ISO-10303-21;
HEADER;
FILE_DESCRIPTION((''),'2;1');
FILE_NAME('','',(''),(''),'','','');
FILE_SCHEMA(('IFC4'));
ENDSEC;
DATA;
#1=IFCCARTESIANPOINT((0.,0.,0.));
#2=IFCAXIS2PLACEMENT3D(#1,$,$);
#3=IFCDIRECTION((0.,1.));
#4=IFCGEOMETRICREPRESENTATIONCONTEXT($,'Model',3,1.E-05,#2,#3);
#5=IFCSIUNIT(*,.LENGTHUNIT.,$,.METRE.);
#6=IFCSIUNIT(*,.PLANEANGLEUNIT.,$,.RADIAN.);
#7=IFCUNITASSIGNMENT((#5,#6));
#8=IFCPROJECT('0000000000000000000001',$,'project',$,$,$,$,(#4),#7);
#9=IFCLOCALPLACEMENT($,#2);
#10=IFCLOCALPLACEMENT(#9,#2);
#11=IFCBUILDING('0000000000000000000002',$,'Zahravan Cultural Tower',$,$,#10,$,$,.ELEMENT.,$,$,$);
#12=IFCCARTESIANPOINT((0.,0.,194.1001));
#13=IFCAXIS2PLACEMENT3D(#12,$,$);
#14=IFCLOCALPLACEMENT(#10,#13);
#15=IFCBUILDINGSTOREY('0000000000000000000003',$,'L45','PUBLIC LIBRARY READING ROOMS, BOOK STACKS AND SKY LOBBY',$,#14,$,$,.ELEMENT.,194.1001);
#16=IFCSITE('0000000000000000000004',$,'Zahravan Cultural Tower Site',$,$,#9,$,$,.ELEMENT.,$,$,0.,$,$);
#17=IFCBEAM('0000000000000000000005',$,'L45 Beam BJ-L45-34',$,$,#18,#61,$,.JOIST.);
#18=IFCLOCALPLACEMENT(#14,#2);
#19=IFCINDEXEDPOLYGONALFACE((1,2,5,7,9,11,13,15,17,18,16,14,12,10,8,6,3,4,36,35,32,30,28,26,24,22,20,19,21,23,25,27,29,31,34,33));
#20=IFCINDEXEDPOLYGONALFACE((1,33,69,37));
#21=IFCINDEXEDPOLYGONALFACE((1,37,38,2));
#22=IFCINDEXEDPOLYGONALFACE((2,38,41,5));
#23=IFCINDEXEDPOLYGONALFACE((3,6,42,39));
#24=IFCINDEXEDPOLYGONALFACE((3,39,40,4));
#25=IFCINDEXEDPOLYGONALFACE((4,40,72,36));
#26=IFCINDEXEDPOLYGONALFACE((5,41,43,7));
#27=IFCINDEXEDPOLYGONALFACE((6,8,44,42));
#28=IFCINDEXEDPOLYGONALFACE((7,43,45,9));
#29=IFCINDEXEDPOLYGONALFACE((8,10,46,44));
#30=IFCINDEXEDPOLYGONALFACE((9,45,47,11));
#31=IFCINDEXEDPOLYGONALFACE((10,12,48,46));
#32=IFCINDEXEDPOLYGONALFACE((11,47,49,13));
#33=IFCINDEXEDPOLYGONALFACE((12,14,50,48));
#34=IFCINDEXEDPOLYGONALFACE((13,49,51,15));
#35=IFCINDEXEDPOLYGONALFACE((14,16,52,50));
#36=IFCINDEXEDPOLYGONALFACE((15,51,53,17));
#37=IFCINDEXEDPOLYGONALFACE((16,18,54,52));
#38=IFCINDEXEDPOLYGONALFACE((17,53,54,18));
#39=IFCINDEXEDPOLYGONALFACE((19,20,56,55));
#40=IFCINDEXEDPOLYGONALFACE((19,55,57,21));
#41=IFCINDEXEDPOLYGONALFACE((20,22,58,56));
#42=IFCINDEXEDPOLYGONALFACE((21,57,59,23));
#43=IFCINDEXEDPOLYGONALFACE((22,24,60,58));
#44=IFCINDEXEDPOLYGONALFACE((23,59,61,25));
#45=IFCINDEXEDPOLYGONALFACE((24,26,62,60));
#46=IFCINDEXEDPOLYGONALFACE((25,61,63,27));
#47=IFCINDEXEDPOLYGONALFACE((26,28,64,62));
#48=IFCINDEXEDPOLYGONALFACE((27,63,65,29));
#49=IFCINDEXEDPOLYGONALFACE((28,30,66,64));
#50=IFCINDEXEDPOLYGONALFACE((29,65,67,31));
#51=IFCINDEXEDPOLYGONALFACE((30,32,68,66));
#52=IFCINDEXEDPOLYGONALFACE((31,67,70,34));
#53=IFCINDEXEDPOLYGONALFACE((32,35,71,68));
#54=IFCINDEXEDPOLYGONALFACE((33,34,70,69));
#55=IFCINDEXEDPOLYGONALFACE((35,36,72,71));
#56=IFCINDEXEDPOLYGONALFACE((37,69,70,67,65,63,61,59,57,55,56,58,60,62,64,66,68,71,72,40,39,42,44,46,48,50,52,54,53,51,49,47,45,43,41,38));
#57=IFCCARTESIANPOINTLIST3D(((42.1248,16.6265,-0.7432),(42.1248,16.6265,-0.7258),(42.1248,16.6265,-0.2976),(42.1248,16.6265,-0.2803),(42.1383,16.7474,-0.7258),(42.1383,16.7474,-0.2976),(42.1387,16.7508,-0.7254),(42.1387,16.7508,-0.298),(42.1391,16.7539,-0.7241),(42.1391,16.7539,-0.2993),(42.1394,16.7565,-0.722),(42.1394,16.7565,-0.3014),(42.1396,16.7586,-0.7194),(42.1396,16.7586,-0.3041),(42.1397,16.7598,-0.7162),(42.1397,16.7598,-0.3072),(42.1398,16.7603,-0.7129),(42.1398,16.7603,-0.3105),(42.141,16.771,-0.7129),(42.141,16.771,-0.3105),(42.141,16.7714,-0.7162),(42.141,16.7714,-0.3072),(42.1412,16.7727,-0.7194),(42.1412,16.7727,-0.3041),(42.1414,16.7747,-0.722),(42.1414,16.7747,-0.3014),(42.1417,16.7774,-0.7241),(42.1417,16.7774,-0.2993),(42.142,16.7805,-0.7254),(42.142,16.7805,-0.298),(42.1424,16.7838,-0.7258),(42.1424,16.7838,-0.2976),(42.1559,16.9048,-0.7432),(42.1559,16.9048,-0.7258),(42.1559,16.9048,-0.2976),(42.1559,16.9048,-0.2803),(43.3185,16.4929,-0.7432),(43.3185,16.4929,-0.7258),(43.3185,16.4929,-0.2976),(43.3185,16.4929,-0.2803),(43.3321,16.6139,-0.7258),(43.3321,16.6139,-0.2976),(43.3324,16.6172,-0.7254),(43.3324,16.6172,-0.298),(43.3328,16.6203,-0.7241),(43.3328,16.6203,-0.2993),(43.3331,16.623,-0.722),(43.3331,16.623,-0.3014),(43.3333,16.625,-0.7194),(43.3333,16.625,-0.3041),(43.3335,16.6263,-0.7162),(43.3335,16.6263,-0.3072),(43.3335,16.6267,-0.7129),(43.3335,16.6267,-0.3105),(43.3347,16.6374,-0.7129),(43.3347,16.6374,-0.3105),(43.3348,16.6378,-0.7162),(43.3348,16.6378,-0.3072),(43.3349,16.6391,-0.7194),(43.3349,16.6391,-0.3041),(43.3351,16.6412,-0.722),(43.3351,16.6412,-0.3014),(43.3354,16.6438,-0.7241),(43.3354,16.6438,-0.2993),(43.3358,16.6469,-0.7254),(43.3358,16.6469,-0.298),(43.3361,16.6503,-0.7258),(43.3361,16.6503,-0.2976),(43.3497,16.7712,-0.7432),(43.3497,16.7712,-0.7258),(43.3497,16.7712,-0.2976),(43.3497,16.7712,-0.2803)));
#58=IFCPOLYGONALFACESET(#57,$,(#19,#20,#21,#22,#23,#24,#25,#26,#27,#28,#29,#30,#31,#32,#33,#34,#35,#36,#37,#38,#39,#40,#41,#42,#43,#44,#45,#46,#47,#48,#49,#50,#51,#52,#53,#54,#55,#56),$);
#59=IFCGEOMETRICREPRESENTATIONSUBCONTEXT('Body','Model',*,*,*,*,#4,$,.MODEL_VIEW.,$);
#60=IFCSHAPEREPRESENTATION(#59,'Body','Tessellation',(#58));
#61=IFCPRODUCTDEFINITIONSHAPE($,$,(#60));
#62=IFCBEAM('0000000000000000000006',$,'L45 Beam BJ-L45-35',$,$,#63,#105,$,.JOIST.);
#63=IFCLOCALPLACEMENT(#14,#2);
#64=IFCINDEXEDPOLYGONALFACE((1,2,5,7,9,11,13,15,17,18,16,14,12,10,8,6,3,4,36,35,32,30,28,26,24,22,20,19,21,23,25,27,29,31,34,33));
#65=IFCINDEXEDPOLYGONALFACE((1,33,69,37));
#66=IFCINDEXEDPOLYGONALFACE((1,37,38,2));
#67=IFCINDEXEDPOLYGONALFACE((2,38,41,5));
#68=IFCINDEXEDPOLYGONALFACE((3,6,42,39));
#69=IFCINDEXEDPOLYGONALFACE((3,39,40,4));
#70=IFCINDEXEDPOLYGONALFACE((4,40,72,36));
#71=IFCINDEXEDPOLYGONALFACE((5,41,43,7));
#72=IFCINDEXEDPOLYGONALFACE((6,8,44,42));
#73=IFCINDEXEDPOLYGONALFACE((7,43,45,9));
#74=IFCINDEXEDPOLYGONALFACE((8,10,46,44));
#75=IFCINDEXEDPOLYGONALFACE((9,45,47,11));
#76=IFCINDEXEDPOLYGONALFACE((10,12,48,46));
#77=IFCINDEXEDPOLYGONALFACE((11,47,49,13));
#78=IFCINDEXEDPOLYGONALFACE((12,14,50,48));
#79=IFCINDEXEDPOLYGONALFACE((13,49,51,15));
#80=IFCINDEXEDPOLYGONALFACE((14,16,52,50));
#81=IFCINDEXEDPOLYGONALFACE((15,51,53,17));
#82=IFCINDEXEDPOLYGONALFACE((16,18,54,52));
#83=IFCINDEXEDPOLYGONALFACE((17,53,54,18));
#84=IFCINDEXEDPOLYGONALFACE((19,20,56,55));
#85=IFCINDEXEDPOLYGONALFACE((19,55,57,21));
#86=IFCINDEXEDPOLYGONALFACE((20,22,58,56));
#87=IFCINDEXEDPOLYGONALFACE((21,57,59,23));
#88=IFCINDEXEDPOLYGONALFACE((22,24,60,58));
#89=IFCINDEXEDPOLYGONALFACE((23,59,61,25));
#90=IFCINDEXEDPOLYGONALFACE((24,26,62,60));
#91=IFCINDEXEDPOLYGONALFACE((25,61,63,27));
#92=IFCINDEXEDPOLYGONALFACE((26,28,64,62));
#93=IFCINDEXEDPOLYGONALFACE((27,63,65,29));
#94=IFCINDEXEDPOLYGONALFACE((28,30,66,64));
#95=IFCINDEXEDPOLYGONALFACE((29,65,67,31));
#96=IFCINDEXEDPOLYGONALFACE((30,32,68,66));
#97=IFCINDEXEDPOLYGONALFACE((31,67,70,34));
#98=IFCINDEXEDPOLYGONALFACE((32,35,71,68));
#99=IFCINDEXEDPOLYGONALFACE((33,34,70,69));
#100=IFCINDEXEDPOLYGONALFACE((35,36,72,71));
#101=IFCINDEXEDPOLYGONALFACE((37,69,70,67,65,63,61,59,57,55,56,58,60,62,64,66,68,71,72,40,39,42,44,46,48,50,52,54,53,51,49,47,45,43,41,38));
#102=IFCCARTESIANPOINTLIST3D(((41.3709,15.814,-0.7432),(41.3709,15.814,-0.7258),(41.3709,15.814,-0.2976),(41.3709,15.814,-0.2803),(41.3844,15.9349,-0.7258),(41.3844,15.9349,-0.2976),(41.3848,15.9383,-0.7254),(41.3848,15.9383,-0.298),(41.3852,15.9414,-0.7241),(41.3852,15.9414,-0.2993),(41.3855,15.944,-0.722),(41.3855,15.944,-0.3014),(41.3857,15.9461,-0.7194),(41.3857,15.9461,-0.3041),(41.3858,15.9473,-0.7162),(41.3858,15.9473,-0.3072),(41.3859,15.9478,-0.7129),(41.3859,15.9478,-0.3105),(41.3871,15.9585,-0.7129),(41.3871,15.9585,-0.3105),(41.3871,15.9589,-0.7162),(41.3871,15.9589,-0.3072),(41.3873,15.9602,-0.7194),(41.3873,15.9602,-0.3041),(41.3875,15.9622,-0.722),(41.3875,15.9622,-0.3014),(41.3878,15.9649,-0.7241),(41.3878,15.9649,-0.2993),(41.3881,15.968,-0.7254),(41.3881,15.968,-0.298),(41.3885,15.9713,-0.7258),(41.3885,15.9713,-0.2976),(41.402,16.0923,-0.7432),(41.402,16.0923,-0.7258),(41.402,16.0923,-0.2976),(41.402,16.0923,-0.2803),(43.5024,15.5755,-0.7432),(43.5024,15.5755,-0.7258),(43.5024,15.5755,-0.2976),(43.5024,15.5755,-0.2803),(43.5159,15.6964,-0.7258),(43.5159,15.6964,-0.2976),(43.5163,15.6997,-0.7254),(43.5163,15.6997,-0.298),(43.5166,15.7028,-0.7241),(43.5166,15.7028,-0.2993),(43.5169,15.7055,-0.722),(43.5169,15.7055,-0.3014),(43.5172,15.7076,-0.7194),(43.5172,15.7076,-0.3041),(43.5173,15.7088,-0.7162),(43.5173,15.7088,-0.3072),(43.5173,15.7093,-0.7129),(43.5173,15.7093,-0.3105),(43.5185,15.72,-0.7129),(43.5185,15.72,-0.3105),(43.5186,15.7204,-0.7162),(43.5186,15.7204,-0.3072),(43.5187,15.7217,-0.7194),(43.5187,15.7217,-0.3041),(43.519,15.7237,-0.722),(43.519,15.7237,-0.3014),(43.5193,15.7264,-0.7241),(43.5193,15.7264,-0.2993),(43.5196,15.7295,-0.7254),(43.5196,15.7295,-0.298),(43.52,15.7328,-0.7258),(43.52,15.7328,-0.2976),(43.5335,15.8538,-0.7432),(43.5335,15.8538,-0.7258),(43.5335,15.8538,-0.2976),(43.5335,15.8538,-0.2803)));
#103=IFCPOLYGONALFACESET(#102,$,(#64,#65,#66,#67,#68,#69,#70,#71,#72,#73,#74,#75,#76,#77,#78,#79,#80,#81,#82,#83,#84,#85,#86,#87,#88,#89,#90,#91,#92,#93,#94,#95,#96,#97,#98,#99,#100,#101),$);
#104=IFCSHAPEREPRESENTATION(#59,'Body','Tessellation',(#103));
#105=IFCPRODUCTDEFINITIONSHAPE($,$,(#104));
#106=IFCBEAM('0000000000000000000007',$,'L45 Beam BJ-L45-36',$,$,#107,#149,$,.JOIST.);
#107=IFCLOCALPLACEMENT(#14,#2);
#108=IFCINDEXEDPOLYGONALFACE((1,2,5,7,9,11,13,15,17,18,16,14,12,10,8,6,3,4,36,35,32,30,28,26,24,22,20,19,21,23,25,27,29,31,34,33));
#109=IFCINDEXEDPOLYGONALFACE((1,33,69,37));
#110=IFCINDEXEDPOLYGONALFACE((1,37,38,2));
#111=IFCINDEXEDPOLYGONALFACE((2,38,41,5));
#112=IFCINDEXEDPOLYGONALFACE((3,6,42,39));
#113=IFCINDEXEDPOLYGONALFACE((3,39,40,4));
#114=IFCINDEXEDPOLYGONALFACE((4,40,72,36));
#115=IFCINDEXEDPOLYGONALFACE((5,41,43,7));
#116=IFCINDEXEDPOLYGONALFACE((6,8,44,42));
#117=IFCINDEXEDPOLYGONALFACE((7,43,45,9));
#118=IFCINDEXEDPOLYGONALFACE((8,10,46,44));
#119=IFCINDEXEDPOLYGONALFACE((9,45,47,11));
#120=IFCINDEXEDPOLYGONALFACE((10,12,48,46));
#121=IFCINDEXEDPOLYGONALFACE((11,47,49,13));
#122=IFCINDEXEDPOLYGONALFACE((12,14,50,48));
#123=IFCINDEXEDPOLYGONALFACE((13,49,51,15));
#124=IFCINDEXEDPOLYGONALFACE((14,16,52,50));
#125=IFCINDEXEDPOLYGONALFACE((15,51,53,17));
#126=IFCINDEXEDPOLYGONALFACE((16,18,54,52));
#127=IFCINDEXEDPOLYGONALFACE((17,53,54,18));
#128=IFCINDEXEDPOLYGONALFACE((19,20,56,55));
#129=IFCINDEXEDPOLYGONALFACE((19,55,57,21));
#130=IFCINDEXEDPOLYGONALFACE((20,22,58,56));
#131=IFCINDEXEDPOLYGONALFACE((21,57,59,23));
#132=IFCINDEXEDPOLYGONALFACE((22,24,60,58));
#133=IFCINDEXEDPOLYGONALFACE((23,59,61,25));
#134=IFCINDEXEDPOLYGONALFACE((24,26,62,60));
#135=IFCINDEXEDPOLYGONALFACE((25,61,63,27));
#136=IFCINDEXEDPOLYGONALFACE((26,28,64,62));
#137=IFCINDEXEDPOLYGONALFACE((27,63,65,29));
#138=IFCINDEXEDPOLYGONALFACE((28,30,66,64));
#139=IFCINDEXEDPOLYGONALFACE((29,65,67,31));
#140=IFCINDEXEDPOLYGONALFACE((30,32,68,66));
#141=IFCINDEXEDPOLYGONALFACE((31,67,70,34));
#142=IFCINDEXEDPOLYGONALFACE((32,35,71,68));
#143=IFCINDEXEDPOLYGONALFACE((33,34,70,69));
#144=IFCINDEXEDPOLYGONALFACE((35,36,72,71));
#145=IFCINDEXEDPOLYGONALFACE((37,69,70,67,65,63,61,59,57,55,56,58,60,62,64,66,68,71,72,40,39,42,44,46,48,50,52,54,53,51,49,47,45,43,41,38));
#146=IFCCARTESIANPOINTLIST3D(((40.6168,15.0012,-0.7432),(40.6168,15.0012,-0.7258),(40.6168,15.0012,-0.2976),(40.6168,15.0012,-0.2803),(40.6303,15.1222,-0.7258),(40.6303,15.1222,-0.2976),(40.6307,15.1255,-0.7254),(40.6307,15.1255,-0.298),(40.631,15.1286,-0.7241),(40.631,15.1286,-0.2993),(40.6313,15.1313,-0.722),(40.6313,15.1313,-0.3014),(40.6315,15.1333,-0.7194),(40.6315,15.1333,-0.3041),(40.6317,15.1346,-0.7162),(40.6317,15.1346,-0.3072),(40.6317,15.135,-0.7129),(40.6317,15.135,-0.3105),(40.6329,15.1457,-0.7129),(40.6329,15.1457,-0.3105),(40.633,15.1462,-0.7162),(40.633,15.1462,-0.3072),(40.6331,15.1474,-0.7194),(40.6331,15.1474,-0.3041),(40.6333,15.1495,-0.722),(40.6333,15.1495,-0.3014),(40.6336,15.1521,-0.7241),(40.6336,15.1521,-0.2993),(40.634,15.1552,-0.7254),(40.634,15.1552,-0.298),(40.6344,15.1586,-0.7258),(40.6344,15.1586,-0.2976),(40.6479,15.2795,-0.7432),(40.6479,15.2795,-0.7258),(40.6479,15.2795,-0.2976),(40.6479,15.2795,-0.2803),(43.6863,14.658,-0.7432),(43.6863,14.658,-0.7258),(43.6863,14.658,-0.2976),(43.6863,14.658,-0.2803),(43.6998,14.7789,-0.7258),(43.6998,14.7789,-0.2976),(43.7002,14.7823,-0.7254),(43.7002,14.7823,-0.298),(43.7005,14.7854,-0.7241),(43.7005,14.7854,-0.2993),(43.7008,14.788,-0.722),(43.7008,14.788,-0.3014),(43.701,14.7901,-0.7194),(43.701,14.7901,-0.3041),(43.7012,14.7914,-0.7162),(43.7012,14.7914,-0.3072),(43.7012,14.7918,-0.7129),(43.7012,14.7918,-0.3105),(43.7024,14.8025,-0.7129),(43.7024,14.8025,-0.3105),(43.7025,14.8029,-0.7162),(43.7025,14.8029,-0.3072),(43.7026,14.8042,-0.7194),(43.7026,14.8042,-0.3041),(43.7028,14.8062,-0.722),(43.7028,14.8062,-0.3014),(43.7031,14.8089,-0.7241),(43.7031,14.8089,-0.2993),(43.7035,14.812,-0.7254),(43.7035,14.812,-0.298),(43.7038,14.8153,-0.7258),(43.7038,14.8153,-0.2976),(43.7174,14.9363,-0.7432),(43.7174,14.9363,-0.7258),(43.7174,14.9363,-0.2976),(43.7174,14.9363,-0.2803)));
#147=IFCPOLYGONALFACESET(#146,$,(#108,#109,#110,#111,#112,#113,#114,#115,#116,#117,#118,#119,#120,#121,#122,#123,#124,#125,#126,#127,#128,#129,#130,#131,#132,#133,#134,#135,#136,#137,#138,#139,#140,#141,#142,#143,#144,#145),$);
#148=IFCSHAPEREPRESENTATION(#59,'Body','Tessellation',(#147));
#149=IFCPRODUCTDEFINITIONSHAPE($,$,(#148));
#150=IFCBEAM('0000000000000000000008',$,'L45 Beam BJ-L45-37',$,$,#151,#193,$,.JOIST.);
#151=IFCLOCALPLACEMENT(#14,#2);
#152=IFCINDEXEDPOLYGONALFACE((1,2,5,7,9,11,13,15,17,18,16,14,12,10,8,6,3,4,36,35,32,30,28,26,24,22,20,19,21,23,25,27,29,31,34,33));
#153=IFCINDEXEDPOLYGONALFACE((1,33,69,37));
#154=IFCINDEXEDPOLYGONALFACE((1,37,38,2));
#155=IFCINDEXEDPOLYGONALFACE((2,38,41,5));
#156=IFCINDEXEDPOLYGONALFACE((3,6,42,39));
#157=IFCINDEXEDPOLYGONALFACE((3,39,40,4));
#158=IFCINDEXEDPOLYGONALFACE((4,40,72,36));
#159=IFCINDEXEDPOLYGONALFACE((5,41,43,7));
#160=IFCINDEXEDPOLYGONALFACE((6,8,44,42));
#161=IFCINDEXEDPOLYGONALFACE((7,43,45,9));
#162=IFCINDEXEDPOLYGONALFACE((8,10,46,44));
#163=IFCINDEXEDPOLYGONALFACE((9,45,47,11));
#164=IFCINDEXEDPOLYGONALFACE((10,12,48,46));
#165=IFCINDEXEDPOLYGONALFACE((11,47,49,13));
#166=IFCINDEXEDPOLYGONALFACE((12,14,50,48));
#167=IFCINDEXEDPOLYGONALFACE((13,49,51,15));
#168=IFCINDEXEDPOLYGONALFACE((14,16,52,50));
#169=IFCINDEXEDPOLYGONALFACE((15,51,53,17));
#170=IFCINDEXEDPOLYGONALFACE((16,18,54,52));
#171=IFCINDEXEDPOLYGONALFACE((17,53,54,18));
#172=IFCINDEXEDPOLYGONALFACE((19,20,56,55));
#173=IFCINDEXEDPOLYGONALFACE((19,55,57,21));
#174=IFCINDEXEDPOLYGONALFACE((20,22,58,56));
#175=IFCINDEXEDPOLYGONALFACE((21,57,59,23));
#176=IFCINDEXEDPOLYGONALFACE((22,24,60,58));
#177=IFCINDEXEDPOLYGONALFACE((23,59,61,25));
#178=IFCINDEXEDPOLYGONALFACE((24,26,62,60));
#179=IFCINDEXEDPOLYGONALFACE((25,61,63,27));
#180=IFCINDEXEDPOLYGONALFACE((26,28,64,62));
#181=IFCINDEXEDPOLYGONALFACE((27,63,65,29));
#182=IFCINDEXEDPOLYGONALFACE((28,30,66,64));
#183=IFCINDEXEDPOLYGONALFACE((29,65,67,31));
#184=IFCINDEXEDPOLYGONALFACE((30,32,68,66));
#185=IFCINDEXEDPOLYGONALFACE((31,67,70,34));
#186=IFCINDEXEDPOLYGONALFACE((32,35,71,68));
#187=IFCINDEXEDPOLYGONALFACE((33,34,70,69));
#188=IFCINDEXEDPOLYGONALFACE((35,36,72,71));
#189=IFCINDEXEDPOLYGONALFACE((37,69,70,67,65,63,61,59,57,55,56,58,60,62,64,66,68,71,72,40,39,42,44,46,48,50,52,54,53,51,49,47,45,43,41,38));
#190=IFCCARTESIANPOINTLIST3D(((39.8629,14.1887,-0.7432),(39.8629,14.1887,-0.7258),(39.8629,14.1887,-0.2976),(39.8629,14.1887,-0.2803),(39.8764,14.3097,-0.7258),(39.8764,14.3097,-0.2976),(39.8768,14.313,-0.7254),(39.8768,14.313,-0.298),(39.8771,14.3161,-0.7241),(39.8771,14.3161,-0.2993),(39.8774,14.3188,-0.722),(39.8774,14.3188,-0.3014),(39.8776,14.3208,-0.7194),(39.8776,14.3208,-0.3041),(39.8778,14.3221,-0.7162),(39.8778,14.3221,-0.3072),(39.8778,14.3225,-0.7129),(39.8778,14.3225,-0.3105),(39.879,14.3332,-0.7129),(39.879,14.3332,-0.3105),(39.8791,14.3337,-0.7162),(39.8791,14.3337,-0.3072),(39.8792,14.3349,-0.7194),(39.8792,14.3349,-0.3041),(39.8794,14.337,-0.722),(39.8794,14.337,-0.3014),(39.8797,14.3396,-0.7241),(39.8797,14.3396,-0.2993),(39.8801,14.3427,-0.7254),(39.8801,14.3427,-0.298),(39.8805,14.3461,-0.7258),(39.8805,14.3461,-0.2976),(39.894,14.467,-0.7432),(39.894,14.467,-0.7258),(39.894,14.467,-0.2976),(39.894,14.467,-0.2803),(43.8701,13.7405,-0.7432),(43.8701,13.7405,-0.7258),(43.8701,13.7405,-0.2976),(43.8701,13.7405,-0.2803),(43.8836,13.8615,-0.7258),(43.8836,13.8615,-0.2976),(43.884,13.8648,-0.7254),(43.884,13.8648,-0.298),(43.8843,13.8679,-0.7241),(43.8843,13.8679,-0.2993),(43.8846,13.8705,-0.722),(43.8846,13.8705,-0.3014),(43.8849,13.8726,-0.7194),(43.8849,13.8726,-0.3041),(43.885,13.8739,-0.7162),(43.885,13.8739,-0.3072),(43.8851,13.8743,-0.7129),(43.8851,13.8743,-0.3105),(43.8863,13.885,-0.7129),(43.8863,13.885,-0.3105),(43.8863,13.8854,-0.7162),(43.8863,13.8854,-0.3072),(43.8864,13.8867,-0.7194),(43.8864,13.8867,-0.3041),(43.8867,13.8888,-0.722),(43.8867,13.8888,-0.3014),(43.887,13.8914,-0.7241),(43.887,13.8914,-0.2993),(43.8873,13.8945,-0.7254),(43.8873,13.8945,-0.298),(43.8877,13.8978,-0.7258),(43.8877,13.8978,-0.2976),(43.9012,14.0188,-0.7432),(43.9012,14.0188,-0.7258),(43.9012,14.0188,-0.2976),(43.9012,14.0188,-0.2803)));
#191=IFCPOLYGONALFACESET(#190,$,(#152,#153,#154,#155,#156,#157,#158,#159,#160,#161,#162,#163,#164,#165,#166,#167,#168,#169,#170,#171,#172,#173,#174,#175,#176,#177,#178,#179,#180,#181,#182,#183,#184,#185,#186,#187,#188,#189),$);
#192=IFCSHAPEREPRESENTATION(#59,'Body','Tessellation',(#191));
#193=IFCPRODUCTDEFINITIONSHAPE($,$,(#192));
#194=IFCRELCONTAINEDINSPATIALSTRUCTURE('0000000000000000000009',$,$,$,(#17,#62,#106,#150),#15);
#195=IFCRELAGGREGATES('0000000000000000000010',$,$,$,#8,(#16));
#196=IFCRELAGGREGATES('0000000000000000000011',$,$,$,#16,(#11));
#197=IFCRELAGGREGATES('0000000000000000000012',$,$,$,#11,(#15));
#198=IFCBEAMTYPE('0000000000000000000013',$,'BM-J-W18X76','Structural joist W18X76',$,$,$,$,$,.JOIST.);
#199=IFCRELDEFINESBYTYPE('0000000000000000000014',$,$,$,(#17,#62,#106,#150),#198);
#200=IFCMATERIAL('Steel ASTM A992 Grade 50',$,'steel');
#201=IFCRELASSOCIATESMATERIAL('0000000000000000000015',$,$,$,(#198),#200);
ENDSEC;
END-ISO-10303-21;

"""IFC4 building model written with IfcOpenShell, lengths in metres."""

from ifc_helpers import new_model, si_unit, direction, frame, origin, origin_2d, place, context, subcontext, project, spatial, i_section, extrude, source, transform, mapped, material, material_profile, profile_set, type_object, element, save


model = new_model("IFC4")

# Units and contexts
model_context = context("Model", 3, precision=1e-05, world=origin(), true_north=direction((0.0, 1.0)))
body_context = subcontext(model_context, "Body", "Model", "MODEL_VIEW")
ifc_project = project(units=[si_unit("LENGTHUNIT", "METRE"), si_unit("PLANEANGLEUNIT", "RADIAN")], contexts=[model_context])

# Site, building, storey
site_placement = place(None, origin())
site = spatial("IfcSite", under=ifc_project, at=site_placement, Name="Zahravan Cultural Tower Site", CompositionType="ELEMENT", RefElevation=0.0)
building_placement = place(site_placement, origin())
building = spatial("IfcBuilding", under=site, at=building_placement, Name="Zahravan Cultural Tower", CompositionType="ELEMENT")
storey_placement = place(building_placement, frame((0.0, 0.0, 194.1001)))
storey = spatial("IfcBuildingStorey", under=building, at=storey_placement, Name="L45", Description="PUBLIC LIBRARY READING ROOMS, BOOK STACKS AND SKY LOBBY", CompositionType="ELEMENT", Elevation=194.1001)

# Beams
ifc_material_1 = material(Name="Steel ASTM A992 Grade 50", Category="steel")
ifc_material_profile_1 = material_profile(ifc_material_1, i_section(OverallWidth=0.28, OverallDepth=0.4629, WebThickness=0.0107, FlangeThickness=0.0173, FilletRadius=0.0129, at=origin_2d()), Name="W18X76")
ifc_profile_set_1 = profile_set([ifc_material_profile_1], Name="Steel ASTM A992 Grade 50")
beam_type_1 = type_object("IfcBeamType", Name="BM-J-W18X76", Description="Structural joist W18X76", PredefinedType="JOIST", material=ifc_profile_set_1)
shared_shape_1 = source(origin(), body_context, "Body", "SweptSolid", [
    extrude(i_section(OverallWidth=0.28, OverallDepth=0.4629, WebThickness=0.0107, FlangeThickness=0.0173, FilletRadius=0.0129, at=origin_2d()), origin(), (0.0, 0.0, 1.0), 1.2012),
])
beam_1_placement = place(storey_placement, frame((42.1404, 16.7656, -0.5117), z_axis=(0.993799, -0.11119, 0.0), x_axis=(0.11119, 0.993799, 0.0)))
element("IfcBeam", 1, at=beam_1_placement, inside=storey, type_object=beam_type_1, Name="L45 Beam BJ-L45-34", PredefinedType="JOIST", context=body_context, shape_type="MappedRepresentation", body=[
    mapped(shared_shape_1, transform((0.0, 0.0, 0.0), x_axis=(1.0, 0.0, 0.0), y_axis=(0.0, 1.0, 0.0), z_axis=(0.0, 0.0, 1.0), scale=1.0)),
])
shared_shape_2 = source(origin(), body_context, "Body", "SweptSolid", [
    extrude(i_section(OverallWidth=0.28, OverallDepth=0.4629, WebThickness=0.0107, FlangeThickness=0.0173, FilletRadius=0.0129, at=origin_2d()), origin(), (0.0, 0.0, 1.0), 2.1448),
])
beam_2_placement = place(storey_placement, frame((41.3865, 15.9531, -0.5117), z_axis=(0.993797, -0.111206, 0.0), x_axis=(0.111206, 0.993797, 0.0)))
element("IfcBeam", 2, at=beam_2_placement, inside=storey, type_object=beam_type_1, Name="L45 Beam BJ-L45-35", PredefinedType="JOIST", context=body_context, shape_type="MappedRepresentation", body=[
    mapped(shared_shape_2, transform((0.0, 0.0, 0.0), x_axis=(1.0, 0.0, 0.0), y_axis=(0.0, 1.0, 0.0), z_axis=(0.0, 0.0, 1.0), scale=1.0)),
])
shared_shape_3 = source(origin(), body_context, "Body", "SweptSolid", [
    extrude(i_section(OverallWidth=0.28, OverallDepth=0.4629, WebThickness=0.0107, FlangeThickness=0.0173, FilletRadius=0.0129, at=origin_2d()), origin(), (0.0, 0.0, 1.0), 3.0886),
])
beam_3_placement = place(storey_placement, frame((40.6323, 15.1404, -0.5117), z_axis=(0.993805, -0.111134, 0.0), x_axis=(0.111134, 0.993805, 0.0)))
element("IfcBeam", 3, at=beam_3_placement, inside=storey, type_object=beam_type_1, Name="L45 Beam BJ-L45-36", PredefinedType="JOIST", context=body_context, shape_type="MappedRepresentation", body=[
    mapped(shared_shape_3, transform((0.0, 0.0, 0.0), x_axis=(1.0, 0.0, 0.0), y_axis=(0.0, 1.0, 0.0), z_axis=(0.0, 0.0, 1.0), scale=1.0)),
])
shared_shape_4 = source(origin(), body_context, "Body", "SweptSolid", [
    extrude(i_section(OverallWidth=0.28, OverallDepth=0.4629, WebThickness=0.0107, FlangeThickness=0.0173, FilletRadius=0.0129, at=origin_2d()), origin(), (0.0, 0.0, 1.0), 4.0322),
])
beam_4_placement = place(storey_placement, frame((39.8784, 14.3279, -0.5117), z_axis=(0.993802, -0.111162, 0.0), x_axis=(0.111162, 0.993802, 0.0)))
element("IfcBeam", 4, at=beam_4_placement, inside=storey, type_object=beam_type_1, Name="L45 Beam BJ-L45-37", PredefinedType="JOIST", context=body_context, shape_type="MappedRepresentation", body=[
    mapped(shared_shape_4, transform((0.0, 0.0, 0.0), x_axis=(1.0, 0.0, 0.0), y_axis=(0.0, 1.0, 0.0), z_axis=(0.0, 0.0, 1.0), scale=1.0)),
])

save(model, "model.ifc")
